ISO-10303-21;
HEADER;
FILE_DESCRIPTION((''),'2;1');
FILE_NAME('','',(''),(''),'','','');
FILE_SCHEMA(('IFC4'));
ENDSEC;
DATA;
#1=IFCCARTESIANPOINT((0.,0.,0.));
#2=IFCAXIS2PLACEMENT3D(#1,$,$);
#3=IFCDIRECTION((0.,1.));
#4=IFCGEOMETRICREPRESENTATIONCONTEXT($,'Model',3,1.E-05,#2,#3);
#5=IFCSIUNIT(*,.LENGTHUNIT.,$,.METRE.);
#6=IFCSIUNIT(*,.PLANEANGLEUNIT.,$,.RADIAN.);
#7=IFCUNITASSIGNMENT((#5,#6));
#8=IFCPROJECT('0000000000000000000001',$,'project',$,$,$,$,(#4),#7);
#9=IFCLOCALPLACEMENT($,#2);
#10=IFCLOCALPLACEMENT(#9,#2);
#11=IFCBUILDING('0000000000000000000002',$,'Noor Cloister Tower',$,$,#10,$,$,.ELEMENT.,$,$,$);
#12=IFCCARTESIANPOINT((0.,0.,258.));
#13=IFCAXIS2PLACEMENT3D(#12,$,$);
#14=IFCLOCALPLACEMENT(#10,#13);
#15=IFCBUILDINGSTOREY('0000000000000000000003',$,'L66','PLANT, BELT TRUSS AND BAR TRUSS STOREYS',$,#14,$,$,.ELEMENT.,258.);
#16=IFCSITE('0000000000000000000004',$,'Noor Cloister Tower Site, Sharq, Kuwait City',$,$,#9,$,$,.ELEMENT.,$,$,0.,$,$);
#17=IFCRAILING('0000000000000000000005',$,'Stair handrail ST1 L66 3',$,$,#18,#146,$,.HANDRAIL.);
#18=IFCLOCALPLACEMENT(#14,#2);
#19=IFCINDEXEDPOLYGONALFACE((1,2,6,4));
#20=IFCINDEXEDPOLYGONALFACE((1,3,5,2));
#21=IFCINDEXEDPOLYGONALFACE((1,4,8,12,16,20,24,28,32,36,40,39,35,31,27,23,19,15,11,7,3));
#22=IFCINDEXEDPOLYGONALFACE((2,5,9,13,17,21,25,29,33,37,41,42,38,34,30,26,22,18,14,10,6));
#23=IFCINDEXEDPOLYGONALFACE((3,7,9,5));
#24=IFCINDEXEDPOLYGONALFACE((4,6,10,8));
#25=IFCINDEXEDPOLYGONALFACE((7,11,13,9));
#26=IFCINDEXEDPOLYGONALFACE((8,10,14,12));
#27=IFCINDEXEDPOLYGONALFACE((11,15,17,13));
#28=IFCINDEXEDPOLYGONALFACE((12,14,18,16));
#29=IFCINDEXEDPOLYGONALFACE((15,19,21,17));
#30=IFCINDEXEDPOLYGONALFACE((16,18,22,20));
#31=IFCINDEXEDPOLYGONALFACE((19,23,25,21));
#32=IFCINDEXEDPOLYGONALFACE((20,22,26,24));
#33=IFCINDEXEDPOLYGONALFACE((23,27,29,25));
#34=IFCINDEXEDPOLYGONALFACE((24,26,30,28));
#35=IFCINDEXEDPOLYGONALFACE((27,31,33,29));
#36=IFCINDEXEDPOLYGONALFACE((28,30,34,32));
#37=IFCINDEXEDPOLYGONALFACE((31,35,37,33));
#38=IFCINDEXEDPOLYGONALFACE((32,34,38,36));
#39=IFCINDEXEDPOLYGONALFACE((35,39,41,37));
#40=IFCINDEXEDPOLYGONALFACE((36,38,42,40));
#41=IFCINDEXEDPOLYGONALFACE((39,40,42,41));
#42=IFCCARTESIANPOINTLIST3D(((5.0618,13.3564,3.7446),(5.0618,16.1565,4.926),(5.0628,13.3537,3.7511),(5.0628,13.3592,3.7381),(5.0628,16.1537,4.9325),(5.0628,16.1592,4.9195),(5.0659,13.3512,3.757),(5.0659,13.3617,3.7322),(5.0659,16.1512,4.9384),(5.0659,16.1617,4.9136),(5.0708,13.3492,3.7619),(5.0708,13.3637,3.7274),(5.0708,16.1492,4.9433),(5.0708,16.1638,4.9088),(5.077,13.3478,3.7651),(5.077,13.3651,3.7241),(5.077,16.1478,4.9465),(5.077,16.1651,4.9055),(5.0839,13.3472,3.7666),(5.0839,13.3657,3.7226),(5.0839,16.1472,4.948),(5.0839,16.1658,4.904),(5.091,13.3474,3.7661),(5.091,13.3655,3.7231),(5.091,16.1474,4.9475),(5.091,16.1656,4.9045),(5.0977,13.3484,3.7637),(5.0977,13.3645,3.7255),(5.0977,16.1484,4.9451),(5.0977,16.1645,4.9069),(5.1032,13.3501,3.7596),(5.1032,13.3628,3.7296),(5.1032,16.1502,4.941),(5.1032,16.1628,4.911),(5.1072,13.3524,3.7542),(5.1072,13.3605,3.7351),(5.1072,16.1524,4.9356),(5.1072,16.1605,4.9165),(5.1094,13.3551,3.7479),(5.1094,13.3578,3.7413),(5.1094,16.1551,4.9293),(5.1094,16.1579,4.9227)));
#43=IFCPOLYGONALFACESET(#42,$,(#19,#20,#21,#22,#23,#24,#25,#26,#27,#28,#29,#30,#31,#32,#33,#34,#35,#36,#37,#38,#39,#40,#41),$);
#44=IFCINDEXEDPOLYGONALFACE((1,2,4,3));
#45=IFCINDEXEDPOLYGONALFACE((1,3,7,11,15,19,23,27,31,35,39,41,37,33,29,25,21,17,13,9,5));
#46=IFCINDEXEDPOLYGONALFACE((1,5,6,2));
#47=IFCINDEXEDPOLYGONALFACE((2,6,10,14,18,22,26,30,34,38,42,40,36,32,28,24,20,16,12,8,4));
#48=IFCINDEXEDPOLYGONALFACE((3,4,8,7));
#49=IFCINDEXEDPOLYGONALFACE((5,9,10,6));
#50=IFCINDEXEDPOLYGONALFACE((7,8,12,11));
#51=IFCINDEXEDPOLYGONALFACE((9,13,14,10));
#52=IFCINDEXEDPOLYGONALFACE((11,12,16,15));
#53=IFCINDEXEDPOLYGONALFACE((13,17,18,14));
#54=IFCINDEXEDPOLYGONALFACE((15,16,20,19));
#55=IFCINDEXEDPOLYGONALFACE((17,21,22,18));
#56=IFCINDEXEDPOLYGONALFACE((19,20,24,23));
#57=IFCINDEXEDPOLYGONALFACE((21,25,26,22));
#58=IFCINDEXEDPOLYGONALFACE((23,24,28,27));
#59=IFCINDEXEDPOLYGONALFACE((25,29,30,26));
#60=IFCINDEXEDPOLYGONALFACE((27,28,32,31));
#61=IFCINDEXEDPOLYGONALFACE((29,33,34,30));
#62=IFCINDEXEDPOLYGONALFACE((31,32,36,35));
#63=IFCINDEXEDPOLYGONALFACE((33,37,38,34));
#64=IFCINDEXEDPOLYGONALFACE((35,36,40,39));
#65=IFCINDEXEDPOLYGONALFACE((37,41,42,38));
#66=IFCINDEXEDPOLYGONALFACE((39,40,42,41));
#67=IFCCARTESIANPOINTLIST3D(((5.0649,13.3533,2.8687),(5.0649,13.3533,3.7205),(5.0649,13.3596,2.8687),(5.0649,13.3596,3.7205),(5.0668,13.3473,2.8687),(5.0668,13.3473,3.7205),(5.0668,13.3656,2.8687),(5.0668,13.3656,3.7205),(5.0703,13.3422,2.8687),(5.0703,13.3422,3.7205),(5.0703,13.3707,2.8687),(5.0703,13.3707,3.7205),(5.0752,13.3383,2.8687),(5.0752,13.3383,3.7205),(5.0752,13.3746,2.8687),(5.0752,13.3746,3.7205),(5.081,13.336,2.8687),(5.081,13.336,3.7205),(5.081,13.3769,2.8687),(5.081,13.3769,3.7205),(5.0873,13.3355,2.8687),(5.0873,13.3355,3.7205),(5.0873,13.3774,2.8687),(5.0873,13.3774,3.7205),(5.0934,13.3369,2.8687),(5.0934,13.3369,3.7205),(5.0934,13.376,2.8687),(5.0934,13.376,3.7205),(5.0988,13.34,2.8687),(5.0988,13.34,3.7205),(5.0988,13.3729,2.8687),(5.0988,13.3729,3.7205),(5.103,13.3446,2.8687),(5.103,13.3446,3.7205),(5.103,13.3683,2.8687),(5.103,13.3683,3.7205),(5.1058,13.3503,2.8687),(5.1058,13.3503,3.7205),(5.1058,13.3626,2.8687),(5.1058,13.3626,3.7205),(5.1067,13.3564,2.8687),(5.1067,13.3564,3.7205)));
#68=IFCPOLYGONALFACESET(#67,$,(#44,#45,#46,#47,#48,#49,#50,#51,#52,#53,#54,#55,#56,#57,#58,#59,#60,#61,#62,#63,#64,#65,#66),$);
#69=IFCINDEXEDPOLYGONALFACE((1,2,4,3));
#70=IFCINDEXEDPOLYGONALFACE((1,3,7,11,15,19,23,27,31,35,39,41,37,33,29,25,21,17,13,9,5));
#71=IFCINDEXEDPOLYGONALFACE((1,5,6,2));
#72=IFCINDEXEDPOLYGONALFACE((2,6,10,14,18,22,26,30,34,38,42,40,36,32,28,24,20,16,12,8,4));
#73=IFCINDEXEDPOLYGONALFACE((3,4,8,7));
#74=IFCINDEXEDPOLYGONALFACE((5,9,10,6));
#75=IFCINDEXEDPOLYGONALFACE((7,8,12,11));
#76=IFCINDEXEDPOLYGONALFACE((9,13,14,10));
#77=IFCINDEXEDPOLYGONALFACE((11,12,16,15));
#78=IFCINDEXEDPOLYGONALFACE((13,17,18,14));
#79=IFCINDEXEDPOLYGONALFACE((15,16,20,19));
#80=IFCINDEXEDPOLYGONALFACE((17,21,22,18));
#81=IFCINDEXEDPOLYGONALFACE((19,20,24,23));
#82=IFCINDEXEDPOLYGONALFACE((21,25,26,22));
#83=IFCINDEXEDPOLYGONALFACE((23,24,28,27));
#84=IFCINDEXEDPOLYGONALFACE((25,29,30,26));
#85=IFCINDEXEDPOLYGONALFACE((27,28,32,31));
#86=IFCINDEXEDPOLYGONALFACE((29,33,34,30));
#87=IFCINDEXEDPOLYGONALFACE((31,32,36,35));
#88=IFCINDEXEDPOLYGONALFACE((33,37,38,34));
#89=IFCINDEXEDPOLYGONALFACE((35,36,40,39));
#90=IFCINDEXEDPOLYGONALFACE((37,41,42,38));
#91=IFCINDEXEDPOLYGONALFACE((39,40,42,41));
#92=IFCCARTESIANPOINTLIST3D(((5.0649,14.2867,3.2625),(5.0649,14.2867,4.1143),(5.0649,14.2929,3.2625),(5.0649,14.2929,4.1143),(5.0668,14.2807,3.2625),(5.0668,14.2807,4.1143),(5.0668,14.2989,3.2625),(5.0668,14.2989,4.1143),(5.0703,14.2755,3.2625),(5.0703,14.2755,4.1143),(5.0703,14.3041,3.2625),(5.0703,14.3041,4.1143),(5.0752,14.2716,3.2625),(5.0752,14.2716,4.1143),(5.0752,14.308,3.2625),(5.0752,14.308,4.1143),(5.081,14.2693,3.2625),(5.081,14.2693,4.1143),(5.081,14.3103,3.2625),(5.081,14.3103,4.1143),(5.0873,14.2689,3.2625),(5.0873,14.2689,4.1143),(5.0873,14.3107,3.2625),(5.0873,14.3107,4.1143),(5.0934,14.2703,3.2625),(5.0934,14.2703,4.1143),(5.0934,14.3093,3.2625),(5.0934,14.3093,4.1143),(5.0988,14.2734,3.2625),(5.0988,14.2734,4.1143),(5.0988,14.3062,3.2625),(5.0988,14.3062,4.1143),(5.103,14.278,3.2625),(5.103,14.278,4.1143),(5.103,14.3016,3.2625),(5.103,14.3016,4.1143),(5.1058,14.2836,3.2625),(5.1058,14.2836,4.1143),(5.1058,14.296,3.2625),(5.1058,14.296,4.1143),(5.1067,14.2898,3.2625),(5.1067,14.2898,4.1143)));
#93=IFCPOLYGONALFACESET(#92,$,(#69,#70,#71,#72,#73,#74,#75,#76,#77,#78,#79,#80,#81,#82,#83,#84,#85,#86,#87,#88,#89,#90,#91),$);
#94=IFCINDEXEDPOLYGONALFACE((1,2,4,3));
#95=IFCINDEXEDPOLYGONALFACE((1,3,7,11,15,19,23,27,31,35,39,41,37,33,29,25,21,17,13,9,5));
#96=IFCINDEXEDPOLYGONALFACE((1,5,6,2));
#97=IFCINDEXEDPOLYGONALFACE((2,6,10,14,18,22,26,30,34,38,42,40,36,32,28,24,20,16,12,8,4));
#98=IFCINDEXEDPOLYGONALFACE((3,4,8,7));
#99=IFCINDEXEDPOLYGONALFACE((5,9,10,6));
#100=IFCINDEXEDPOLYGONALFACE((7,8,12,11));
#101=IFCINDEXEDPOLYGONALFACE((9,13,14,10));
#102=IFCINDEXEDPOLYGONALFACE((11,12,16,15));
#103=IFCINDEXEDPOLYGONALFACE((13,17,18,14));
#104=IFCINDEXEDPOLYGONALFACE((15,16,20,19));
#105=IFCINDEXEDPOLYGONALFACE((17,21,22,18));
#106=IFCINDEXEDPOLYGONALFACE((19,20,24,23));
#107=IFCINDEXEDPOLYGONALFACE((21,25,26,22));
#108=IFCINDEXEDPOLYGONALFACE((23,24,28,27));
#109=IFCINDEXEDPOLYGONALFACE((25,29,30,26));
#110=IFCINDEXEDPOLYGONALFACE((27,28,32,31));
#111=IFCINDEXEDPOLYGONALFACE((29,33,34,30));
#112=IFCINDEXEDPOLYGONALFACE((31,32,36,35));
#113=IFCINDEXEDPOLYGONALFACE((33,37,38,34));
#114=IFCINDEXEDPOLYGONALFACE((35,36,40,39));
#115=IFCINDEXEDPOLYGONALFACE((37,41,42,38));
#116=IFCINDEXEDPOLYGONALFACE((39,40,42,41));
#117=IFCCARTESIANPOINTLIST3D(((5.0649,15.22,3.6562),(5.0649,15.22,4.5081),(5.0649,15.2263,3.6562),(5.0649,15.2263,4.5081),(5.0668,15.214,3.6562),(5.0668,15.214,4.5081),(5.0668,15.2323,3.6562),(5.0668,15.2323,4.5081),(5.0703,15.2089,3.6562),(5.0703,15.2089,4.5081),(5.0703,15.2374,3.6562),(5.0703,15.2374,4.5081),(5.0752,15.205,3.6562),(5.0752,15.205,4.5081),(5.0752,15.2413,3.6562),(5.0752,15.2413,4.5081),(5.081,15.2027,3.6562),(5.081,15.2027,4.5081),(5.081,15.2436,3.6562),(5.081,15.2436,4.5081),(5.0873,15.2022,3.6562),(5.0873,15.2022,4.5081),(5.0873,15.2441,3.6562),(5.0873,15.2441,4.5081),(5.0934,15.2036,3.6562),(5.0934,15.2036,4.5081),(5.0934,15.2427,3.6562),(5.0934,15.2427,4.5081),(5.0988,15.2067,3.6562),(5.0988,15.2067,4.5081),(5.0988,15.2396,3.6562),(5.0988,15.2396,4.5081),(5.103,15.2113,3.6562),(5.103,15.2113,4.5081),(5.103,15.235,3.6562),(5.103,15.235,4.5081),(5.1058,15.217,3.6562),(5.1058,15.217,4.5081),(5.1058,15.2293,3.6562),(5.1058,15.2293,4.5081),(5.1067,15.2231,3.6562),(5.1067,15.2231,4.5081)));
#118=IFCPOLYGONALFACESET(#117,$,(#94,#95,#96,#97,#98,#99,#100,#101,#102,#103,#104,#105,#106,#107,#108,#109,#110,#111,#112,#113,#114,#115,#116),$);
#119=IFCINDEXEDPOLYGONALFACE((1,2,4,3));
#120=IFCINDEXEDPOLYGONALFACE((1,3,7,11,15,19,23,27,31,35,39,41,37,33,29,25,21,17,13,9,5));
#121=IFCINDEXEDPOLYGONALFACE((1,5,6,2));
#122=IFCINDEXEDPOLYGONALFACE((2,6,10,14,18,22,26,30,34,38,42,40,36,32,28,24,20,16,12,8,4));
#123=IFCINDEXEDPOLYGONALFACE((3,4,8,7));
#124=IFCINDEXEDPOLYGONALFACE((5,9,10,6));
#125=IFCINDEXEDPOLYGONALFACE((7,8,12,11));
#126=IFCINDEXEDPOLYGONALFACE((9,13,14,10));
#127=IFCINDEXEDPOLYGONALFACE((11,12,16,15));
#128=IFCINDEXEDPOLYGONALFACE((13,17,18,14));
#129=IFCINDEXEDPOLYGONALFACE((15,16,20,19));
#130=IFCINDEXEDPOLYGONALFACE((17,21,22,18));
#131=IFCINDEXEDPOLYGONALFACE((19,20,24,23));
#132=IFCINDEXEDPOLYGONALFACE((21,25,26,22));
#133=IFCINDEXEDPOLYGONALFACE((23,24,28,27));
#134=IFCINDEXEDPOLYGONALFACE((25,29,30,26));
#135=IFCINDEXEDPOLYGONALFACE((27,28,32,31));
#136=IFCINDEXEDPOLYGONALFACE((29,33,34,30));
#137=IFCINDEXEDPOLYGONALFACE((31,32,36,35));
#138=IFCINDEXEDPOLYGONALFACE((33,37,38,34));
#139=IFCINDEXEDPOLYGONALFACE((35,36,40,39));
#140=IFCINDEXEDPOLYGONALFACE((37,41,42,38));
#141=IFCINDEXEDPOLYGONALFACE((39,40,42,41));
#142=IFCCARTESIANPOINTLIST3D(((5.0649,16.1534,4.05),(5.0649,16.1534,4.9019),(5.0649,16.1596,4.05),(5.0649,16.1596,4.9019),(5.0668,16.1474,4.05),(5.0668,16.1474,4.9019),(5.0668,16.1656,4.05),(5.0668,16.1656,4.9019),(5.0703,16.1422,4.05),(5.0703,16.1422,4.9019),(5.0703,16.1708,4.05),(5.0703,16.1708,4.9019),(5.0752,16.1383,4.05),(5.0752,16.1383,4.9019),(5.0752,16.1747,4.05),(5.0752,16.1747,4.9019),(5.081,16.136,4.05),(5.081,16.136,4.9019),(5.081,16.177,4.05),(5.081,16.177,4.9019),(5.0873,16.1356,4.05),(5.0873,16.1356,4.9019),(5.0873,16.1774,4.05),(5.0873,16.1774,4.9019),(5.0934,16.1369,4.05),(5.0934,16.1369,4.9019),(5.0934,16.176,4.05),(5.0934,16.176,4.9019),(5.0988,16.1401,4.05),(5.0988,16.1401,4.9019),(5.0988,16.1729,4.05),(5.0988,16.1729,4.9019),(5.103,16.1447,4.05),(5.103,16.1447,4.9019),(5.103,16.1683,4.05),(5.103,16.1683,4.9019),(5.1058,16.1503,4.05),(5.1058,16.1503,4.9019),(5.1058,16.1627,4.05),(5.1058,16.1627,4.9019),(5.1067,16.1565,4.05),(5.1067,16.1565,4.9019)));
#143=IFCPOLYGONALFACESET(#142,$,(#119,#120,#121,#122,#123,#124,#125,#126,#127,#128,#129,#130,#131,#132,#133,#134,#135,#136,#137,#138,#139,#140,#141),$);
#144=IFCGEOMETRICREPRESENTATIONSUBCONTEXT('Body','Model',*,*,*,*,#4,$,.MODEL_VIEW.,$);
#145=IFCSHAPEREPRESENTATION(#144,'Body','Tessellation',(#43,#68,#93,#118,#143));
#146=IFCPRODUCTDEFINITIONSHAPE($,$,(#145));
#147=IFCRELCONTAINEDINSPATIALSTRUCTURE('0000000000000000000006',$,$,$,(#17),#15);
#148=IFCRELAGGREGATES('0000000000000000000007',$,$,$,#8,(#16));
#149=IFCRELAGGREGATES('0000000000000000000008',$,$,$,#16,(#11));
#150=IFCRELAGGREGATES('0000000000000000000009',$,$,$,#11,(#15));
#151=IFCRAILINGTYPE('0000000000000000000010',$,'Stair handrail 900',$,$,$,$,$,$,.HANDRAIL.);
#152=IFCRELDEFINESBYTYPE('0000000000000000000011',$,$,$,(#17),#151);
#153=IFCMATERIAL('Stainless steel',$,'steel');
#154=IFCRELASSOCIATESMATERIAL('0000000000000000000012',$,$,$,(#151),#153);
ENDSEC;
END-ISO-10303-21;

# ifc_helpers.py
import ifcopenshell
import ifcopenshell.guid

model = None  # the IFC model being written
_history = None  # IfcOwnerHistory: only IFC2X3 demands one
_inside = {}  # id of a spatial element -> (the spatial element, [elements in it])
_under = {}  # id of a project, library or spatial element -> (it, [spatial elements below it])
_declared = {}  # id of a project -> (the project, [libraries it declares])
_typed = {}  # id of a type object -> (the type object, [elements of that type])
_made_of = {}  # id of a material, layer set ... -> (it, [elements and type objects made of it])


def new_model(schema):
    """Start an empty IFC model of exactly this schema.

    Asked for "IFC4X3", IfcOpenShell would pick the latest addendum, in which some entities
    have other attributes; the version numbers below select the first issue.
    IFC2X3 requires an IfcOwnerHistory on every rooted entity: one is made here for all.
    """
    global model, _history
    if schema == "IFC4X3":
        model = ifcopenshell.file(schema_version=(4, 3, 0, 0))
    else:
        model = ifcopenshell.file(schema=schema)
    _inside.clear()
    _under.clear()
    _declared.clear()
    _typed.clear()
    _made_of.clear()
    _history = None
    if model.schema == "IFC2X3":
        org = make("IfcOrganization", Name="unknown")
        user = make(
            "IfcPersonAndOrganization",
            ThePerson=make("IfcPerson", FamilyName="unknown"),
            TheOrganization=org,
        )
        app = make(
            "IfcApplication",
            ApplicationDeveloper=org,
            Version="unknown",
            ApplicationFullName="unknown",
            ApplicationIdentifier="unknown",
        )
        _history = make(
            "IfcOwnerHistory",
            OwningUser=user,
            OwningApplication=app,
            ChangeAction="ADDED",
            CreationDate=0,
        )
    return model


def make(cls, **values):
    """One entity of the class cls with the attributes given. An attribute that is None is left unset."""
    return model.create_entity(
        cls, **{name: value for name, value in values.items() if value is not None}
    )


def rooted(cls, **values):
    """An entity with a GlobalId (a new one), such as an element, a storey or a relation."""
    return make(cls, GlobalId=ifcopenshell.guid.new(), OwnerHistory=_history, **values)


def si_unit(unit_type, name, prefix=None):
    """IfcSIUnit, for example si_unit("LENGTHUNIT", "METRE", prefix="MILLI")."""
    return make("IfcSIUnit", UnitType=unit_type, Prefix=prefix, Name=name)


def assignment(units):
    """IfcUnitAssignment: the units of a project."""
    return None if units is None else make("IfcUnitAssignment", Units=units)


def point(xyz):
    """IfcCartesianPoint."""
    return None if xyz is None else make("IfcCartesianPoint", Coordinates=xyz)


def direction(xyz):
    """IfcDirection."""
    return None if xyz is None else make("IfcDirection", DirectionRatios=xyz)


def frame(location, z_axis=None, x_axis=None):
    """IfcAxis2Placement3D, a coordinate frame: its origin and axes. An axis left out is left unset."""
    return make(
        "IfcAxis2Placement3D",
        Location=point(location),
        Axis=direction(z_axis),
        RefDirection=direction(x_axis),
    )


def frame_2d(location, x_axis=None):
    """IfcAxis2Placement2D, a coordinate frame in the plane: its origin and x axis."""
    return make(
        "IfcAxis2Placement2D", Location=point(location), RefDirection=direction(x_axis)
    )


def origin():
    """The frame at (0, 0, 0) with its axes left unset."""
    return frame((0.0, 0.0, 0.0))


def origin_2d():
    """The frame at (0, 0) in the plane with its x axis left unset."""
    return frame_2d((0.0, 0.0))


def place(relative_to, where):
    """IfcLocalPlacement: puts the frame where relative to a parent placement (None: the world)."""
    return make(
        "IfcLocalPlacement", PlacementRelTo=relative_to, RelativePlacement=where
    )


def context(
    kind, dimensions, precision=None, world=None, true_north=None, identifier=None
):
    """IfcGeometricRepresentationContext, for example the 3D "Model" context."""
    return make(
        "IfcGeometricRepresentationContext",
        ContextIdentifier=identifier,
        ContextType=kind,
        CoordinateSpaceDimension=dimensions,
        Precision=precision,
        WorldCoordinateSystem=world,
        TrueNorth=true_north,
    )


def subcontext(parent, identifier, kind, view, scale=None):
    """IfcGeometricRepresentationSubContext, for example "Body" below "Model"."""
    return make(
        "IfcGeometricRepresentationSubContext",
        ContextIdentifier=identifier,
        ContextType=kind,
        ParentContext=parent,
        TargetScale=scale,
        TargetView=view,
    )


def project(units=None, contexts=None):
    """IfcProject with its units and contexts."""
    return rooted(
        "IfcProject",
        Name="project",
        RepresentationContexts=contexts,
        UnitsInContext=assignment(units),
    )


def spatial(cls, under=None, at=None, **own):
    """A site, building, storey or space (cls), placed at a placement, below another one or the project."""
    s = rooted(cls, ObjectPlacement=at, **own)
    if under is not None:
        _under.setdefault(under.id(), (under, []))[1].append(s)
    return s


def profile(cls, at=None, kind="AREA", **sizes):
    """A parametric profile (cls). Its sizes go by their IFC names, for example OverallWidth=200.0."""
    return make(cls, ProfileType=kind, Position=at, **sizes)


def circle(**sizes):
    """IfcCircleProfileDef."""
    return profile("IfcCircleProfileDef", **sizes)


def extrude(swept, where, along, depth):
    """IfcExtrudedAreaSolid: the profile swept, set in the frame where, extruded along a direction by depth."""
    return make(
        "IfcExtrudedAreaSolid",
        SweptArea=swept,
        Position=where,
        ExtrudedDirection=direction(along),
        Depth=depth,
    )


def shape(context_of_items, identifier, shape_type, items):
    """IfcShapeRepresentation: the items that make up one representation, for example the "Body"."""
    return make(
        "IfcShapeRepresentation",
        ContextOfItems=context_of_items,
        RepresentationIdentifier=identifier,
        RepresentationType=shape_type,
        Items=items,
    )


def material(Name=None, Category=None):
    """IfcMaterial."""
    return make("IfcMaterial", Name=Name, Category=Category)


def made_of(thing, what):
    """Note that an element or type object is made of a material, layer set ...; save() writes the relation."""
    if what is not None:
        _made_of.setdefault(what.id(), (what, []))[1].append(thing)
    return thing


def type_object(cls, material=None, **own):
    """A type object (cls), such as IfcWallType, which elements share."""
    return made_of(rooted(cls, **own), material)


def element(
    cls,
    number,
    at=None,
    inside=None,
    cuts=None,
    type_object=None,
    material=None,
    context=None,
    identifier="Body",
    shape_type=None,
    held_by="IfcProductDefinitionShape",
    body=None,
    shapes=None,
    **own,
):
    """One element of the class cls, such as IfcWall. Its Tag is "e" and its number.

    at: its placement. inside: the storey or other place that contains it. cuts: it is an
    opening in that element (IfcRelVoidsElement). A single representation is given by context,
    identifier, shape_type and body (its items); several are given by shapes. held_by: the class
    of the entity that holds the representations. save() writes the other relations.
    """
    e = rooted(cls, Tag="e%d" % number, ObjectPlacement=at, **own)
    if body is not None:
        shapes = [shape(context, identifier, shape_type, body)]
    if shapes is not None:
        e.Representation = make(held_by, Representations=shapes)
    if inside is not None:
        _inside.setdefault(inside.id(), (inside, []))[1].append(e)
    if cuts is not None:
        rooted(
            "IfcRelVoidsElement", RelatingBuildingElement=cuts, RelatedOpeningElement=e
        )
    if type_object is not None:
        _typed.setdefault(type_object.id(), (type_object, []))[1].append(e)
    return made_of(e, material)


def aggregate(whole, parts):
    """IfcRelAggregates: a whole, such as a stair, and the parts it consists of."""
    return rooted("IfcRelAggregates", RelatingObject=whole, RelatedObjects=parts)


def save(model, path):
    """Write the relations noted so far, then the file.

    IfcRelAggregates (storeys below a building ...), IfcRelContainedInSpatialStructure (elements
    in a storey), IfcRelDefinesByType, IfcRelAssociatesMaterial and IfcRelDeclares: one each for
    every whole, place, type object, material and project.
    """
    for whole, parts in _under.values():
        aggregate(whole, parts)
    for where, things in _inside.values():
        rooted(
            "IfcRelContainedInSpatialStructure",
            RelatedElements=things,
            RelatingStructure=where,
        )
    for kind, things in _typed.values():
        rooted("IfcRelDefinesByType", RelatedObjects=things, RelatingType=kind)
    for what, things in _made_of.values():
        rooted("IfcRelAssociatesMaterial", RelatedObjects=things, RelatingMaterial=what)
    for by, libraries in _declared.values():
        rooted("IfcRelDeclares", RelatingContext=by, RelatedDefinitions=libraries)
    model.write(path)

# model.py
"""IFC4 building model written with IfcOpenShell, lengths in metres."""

from ifc_helpers import new_model, si_unit, direction, frame, origin, origin_2d, place, context, subcontext, project, spatial, circle, extrude, material, type_object, element, save


model = new_model("IFC4")

# Units and contexts
model_context = context("Model", 3, precision=1e-05, world=origin(), true_north=direction((0.0, 1.0)))
body_context = subcontext(model_context, "Body", "Model", "MODEL_VIEW")
ifc_project = project(units=[si_unit("LENGTHUNIT", "METRE"), si_unit("PLANEANGLEUNIT", "RADIAN")], contexts=[model_context])

# Site, building, storey
site_placement = place(None, origin())
site = spatial("IfcSite", under=ifc_project, at=site_placement, Name="Noor Cloister Tower Site, Sharq, Kuwait City", CompositionType="ELEMENT", RefElevation=0.0)
building_placement = place(site_placement, origin())
building = spatial("IfcBuilding", under=site, at=building_placement, Name="Noor Cloister Tower", CompositionType="ELEMENT")
storey_placement = place(building_placement, frame((0.0, 0.0, 258.0)))
storey = spatial("IfcBuildingStorey", under=building, at=storey_placement, Name="L66", Description="PLANT, BELT TRUSS AND BAR TRUSS STOREYS", CompositionType="ELEMENT", Elevation=258.0)

# Railing
ifc_material_1 = material(Name="Stainless steel", Category="steel")
railing_type_1 = type_object("IfcRailingType", Name="Stair handrail 900", PredefinedType="HANDRAIL", material=ifc_material_1)
railing_1_placement = place(storey_placement, frame((5.0857, 13.3564, 2.8687)))
element("IfcRailing", 1, at=railing_1_placement, inside=storey, type_object=railing_type_1, Name="Stair handrail ST1 L66 3", PredefinedType="HANDRAIL", context=body_context, shape_type="SweptSolid", body=[
    extrude(circle(Radius=0.0239, at=origin_2d()), frame((0.0, 0.0, 0.876), z_axis=(0.0, 0.921349, 0.388736), x_axis=(-1.0, 0.0, 0.0)), (0.0, 0.0, 1.0), 3.0391),
    extrude(circle(Radius=0.021, at=origin_2d()), origin(), (0.0, 0.0, 1.0), 0.8518),
    extrude(circle(Radius=0.021, at=origin_2d()), frame((0.0, 0.9333, 0.3938)), (0.0, 0.0, 1.0), 0.8518),
    extrude(circle(Radius=0.021, at=origin_2d()), frame((0.0, 1.8667, 0.7876)), (0.0, 0.0, 1.0), 0.8518),
    extrude(circle(Radius=0.021, at=origin_2d()), frame((0.0, 2.8, 1.1814)), (0.0, 0.0, 1.0), 0.8518),
])

save(model, "model.ifc")
